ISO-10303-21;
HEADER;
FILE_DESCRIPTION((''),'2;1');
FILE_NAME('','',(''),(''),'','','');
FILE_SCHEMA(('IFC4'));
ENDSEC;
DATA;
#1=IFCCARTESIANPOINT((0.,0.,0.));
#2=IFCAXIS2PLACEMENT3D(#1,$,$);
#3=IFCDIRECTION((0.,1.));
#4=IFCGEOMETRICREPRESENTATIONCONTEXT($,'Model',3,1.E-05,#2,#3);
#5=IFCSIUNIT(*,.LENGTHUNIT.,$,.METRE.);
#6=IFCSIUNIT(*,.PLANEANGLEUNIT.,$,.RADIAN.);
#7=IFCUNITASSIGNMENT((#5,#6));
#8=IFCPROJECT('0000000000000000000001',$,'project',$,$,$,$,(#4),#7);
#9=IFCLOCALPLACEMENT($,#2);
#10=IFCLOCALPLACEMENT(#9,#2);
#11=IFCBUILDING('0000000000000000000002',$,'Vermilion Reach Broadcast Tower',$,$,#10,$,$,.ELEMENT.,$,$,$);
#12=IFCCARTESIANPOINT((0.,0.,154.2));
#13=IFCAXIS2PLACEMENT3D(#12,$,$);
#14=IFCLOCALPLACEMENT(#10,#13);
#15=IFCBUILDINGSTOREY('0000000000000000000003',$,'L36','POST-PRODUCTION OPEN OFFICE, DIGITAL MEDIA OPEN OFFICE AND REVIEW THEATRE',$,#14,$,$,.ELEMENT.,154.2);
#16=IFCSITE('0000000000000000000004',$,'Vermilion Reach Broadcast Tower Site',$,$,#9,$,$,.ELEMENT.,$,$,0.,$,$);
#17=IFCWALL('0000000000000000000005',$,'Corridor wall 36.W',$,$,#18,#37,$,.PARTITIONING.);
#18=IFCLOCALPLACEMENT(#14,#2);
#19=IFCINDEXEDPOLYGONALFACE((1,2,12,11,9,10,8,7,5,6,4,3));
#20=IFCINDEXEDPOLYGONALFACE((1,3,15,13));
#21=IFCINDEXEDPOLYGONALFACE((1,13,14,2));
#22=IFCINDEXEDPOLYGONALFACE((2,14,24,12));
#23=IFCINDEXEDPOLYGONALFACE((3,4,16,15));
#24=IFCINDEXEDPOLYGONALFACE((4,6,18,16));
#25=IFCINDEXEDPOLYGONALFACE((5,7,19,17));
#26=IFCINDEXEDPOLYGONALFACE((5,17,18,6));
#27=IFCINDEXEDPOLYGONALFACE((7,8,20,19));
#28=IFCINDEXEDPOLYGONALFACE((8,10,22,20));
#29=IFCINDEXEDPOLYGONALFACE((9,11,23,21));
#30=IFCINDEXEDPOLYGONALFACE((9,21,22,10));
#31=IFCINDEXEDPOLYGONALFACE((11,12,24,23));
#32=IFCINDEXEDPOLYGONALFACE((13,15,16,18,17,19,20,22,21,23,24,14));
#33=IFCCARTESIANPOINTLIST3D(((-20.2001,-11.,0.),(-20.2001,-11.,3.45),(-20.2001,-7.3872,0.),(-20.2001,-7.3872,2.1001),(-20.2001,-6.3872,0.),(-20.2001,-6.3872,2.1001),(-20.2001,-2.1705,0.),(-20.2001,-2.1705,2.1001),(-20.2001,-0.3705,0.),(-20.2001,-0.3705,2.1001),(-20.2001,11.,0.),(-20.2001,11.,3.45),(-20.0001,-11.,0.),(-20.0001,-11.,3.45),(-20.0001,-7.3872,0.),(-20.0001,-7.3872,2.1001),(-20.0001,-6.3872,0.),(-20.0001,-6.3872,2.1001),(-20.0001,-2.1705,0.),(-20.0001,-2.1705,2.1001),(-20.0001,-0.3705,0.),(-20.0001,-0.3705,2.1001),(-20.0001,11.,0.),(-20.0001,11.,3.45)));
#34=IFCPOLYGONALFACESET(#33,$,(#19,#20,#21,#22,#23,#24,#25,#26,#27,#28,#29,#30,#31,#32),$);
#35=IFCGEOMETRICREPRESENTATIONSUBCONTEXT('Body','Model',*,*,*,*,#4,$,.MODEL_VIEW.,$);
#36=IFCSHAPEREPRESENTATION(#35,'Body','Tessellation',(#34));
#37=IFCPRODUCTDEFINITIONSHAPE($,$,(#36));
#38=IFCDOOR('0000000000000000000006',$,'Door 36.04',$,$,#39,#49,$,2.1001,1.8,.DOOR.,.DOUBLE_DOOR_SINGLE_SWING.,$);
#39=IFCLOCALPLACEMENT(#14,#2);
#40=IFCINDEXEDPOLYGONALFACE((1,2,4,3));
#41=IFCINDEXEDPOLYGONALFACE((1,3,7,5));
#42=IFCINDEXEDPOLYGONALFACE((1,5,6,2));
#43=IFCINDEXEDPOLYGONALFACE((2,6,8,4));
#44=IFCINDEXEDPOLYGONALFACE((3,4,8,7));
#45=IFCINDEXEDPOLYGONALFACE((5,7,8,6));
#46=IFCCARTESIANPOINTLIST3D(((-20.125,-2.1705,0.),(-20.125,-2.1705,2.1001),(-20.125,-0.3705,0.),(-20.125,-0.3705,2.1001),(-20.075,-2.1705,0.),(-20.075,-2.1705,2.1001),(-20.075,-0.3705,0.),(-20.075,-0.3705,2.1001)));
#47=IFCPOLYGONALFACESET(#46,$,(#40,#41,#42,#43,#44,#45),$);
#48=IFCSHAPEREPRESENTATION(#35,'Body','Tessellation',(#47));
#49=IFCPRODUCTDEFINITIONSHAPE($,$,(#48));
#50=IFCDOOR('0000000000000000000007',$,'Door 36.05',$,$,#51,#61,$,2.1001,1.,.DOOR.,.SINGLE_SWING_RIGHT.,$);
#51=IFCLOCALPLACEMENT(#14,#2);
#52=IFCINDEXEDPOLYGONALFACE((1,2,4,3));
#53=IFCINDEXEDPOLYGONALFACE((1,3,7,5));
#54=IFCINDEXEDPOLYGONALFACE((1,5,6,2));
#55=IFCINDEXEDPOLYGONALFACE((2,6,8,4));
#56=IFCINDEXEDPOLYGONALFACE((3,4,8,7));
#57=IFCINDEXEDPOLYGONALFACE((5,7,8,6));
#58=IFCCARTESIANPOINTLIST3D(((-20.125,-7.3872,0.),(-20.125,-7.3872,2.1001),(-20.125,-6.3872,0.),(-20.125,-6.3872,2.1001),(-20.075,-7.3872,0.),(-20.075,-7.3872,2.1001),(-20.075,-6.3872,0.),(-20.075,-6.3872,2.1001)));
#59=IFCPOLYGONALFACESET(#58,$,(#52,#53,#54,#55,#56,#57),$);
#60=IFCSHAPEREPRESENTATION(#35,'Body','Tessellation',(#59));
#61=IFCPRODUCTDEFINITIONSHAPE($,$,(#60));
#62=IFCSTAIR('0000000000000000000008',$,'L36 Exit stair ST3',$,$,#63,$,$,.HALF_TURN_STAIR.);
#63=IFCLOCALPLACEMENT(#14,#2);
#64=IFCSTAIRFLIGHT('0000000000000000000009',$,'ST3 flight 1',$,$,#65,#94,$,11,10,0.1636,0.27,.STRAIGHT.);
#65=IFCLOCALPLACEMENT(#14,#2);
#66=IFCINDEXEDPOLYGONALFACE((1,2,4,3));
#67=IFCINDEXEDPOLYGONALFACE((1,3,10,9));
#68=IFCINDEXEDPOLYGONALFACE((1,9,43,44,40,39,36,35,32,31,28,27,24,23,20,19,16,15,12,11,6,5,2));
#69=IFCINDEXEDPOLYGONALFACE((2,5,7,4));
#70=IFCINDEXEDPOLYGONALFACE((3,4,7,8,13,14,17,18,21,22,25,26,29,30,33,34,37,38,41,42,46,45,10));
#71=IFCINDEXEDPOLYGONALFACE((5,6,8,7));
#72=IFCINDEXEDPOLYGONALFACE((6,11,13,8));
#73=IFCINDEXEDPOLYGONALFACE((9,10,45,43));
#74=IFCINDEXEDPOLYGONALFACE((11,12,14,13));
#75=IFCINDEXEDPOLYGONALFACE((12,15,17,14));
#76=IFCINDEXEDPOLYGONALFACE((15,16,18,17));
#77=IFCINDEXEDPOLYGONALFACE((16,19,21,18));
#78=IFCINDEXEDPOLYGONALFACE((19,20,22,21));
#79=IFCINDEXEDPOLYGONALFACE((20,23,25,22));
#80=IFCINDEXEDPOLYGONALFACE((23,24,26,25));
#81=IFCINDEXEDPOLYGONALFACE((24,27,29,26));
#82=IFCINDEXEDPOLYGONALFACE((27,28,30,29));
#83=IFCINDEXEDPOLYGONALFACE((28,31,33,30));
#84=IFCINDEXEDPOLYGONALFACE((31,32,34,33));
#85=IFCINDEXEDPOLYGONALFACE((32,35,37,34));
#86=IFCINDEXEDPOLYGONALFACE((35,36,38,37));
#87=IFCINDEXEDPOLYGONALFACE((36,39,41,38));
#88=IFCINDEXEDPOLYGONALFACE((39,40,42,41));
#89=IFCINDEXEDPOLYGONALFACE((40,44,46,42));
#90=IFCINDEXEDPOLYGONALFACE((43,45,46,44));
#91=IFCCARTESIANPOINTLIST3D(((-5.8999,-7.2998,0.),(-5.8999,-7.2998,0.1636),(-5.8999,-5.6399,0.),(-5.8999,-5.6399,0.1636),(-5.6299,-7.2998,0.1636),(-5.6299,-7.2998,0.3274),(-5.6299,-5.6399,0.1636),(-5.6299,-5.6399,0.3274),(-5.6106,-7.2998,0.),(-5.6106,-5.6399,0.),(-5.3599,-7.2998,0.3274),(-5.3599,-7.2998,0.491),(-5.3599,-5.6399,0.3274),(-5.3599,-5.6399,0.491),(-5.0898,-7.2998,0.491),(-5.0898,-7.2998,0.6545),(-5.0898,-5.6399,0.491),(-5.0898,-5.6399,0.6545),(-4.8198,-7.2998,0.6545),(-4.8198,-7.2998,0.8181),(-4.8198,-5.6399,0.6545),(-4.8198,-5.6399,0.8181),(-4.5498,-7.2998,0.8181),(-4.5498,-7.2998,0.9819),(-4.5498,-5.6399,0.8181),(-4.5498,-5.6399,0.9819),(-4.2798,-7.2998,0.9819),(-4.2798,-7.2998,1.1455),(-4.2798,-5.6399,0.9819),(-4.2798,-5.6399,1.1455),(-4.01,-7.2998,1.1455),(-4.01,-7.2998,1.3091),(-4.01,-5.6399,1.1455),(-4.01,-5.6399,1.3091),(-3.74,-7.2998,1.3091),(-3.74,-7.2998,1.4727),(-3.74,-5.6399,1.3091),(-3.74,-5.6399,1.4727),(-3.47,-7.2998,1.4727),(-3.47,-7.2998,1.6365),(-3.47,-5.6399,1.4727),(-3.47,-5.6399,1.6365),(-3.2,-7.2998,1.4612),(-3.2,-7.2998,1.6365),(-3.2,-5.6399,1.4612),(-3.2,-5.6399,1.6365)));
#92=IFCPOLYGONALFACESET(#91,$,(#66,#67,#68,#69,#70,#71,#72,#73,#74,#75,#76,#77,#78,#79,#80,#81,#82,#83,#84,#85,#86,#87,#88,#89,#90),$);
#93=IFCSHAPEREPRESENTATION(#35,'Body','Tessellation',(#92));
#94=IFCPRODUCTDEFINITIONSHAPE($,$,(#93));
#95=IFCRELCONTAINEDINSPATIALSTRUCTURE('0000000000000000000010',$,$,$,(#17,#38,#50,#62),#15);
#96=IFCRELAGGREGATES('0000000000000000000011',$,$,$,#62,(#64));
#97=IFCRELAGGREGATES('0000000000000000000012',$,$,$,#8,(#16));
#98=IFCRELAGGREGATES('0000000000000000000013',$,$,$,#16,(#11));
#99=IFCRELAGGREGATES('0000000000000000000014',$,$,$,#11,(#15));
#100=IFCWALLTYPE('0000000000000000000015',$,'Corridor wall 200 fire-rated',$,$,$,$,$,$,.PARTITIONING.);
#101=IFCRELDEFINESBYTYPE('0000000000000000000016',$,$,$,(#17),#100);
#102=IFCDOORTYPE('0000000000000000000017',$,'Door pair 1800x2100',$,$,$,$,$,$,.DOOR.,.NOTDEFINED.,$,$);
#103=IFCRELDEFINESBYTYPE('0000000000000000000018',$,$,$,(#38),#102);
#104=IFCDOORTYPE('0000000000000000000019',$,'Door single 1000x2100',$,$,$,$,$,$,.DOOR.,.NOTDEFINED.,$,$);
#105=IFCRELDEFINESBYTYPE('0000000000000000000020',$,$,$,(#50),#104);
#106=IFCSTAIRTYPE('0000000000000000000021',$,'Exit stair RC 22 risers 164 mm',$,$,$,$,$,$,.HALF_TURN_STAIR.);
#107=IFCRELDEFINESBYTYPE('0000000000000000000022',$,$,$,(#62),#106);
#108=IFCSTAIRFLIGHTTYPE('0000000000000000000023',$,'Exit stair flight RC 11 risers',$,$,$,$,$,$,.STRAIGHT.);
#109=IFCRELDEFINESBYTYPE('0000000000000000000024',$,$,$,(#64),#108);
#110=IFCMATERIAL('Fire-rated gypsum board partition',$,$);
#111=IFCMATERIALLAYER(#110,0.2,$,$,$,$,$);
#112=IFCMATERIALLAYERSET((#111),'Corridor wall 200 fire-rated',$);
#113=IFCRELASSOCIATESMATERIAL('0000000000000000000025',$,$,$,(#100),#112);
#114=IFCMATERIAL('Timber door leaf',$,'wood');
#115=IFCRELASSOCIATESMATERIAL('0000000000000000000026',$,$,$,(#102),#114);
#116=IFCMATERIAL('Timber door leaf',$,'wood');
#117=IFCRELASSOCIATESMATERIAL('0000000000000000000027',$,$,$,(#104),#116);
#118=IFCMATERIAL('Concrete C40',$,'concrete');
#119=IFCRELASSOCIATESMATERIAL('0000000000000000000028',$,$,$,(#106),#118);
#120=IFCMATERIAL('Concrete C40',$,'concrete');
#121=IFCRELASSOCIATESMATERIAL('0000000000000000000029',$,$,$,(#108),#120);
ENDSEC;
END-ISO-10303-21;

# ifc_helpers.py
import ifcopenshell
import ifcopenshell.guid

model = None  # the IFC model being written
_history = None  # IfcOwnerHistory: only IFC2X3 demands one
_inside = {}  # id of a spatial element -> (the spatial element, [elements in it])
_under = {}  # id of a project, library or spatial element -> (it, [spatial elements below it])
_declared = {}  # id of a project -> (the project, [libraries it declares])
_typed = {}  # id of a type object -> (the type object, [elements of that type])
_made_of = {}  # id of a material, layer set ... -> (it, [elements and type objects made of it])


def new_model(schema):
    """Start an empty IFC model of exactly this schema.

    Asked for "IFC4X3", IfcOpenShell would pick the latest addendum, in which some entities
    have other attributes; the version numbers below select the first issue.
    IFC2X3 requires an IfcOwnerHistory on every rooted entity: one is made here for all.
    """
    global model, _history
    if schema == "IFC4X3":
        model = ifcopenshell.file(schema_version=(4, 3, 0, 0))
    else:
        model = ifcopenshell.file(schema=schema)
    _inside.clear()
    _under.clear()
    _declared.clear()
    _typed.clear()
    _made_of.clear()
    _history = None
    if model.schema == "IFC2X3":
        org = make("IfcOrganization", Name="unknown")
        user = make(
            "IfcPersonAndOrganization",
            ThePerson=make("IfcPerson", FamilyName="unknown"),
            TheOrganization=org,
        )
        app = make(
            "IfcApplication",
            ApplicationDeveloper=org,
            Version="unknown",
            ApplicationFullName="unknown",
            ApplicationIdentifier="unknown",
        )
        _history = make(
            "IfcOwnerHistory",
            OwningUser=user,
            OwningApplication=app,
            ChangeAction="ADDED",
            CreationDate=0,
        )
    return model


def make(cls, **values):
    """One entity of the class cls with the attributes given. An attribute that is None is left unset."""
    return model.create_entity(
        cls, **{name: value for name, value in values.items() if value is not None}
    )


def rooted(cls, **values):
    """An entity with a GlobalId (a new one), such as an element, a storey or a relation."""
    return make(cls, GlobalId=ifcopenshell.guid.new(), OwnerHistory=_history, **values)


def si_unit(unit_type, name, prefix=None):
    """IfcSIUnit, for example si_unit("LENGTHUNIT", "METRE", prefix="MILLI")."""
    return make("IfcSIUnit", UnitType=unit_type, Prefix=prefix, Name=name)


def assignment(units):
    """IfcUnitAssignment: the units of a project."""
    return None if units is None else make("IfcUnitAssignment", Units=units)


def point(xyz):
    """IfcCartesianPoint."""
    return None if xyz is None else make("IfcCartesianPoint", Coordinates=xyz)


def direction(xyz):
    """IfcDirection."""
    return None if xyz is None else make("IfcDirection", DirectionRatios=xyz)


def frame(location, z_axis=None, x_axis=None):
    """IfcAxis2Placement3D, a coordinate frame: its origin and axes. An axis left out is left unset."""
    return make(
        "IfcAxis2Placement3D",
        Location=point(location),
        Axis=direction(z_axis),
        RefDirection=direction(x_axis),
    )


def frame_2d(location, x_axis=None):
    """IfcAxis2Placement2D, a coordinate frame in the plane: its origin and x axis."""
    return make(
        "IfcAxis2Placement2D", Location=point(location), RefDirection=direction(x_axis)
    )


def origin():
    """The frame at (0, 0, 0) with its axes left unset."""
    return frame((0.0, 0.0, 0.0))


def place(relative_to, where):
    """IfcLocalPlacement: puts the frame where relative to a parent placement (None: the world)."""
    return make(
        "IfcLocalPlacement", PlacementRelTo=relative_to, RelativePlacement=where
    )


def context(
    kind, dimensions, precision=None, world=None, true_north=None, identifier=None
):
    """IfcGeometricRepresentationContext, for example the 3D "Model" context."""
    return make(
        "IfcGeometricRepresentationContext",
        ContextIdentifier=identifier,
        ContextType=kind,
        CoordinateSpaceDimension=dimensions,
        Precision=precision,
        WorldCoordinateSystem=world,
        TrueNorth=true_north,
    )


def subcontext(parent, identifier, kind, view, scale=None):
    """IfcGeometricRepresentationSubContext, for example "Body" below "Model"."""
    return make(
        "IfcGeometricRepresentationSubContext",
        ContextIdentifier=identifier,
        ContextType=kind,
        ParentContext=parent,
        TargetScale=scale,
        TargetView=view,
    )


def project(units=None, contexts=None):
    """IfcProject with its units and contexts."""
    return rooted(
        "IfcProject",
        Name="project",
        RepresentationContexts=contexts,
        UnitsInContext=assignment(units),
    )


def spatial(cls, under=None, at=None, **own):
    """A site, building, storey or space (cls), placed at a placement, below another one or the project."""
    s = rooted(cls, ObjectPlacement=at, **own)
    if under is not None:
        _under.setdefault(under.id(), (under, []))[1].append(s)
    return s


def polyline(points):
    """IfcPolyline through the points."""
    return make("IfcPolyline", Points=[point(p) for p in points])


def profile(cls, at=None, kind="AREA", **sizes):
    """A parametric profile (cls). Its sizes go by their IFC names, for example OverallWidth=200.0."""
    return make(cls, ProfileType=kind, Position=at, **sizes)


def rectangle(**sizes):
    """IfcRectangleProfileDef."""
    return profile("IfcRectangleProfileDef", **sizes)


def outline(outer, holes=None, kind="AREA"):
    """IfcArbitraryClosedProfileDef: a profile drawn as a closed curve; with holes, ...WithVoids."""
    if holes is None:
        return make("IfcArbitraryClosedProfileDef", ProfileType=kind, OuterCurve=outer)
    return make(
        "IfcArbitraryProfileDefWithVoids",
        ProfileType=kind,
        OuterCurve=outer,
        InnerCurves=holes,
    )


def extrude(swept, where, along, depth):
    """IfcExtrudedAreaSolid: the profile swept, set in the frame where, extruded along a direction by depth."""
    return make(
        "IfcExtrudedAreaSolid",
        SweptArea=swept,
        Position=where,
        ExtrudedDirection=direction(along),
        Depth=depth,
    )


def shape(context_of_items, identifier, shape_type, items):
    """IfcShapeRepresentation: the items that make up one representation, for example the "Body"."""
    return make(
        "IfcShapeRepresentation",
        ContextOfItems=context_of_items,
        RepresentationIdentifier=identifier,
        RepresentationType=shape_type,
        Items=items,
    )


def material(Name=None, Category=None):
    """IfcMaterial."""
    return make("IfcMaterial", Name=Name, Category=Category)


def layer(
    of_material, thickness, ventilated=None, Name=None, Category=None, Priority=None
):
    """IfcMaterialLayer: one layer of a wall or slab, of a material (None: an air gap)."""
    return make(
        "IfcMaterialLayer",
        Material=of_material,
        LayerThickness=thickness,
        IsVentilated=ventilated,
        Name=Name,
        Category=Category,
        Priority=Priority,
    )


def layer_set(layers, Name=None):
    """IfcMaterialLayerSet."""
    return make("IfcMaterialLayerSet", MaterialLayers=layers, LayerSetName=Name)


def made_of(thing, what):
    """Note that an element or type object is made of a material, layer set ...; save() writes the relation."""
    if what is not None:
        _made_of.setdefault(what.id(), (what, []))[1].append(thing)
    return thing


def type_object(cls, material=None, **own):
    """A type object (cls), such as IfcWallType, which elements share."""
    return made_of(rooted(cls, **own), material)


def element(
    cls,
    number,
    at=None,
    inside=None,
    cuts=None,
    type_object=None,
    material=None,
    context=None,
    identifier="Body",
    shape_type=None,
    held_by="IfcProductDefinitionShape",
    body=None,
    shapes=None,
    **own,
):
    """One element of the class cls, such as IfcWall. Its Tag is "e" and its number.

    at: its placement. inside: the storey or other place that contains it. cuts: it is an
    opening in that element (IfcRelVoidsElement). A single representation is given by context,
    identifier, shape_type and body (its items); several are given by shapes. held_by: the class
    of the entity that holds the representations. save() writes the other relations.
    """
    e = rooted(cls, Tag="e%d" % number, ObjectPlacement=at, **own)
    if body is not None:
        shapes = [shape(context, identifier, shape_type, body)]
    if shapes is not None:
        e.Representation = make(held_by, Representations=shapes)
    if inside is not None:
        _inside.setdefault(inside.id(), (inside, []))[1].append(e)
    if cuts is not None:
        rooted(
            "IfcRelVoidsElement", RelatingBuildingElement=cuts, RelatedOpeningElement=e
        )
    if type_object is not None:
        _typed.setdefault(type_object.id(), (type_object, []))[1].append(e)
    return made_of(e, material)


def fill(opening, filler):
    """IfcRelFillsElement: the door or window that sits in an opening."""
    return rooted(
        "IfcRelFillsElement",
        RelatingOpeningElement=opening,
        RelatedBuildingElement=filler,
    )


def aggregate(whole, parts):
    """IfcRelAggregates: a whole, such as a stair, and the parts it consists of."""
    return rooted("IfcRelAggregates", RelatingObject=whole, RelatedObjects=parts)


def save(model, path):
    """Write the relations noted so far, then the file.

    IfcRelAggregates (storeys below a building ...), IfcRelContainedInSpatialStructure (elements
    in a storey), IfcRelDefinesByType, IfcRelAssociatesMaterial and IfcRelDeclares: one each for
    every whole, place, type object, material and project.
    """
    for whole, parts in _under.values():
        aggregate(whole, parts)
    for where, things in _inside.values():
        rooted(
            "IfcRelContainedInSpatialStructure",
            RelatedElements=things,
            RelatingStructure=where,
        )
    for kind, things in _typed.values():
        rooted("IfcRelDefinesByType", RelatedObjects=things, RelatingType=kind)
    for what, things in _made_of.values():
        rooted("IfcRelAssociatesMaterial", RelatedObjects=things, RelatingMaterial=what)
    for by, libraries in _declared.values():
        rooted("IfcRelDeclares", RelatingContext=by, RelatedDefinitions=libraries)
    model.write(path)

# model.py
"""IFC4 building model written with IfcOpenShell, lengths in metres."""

from ifc_helpers import new_model, si_unit, direction, frame, frame_2d, origin, place, context, subcontext, project, spatial, polyline, rectangle, outline, extrude, material, layer, layer_set, type_object, element, fill, aggregate, save


model = new_model("IFC4")

# Units and contexts
model_context = context("Model", 3, precision=1e-05, world=origin(), true_north=direction((0.0, 1.0)))
body_context = subcontext(model_context, "Body", "Model", "MODEL_VIEW")
ifc_project = project(units=[si_unit("LENGTHUNIT", "METRE"), si_unit("PLANEANGLEUNIT", "RADIAN")], contexts=[model_context])

# Site, building, storey
site_placement = place(None, origin())
site = spatial("IfcSite", under=ifc_project, at=site_placement, Name="Vermilion Reach Broadcast Tower Site", CompositionType="ELEMENT", RefElevation=0.0)
building_placement = place(site_placement, origin())
building = spatial("IfcBuilding", under=site, at=building_placement, Name="Vermilion Reach Broadcast Tower", CompositionType="ELEMENT")
storey_placement = place(building_placement, frame((0.0, 0.0, 154.2)))
storey = spatial("IfcBuildingStorey", under=building, at=storey_placement, Name="L36", Description="POST-PRODUCTION OPEN OFFICE, DIGITAL MEDIA OPEN OFFICE AND REVIEW THEATRE", CompositionType="ELEMENT", Elevation=154.2)

# Wall, openings, doors
ifc_material_1 = material(Name="Fire-rated gypsum board partition")
ifc_layer_1 = layer(ifc_material_1, 0.2)
ifc_layer_set_1 = layer_set([ifc_layer_1], Name="Corridor wall 200 fire-rated")
wall_type_1 = type_object("IfcWallType", Name="Corridor wall 200 fire-rated", PredefinedType="PARTITIONING", material=ifc_layer_set_1)
wall_1_placement = place(storey_placement, frame((-20.1001, -11.0, 0.0), z_axis=(0.0, 0.0, 1.0), x_axis=(0.0, 1.0, 0.0)))
wall_1 = element("IfcWall", 1, at=wall_1_placement, inside=storey, type_object=wall_type_1, Name="Corridor wall 36.W", PredefinedType="PARTITIONING", context=body_context, shape_type="SweptSolid", body=[
    extrude(rectangle(XDim=22.0, YDim=0.2, at=frame_2d((11.0, 0.0))), origin(), (0.0, 0.0, 1.0), 3.45),
])
opening_1_placement = place(wall_1_placement, frame((8.8296, 0.0, 0.0)))
opening_1 = element("IfcOpeningElement", 2, at=opening_1_placement, cuts=wall_1, PredefinedType="OPENING", context=body_context, shape_type="SweptSolid", body=[
    extrude(rectangle(XDim=1.8, YDim=2.1001, at=frame_2d((0.8999, 1.05))), frame((0.0, 0.1099, 0.0), z_axis=(0.0, -1.0, 0.0), x_axis=(1.0, 0.0, 0.0)), (0.0, 0.0, 1.0), 0.22),
])
opening_2_placement = place(wall_1_placement, frame((3.6128, 0.0, 0.0)))
opening_2 = element("IfcOpeningElement", 3, at=opening_2_placement, cuts=wall_1, PredefinedType="OPENING", context=body_context, shape_type="SweptSolid", body=[
    extrude(rectangle(XDim=1.0, YDim=2.1001, at=frame_2d((0.5, 1.05))), frame((0.0, 0.1099, 0.0), z_axis=(0.0, -1.0, 0.0), x_axis=(1.0, 0.0, 0.0)), (0.0, 0.0, 1.0), 0.22),
])
ifc_material_2 = material(Name="Timber door leaf", Category="wood")
door_type_1 = type_object("IfcDoorType", Name="Door pair 1800x2100", OperationType="NOTDEFINED", PredefinedType="DOOR", material=ifc_material_2)
door_1_placement = place(opening_1_placement, origin())
door_1 = element("IfcDoor", 4, at=door_1_placement, inside=storey, type_object=door_type_1, Name="Door 36.04", OperationType="DOUBLE_DOOR_SINGLE_SWING", OverallHeight=2.1001, OverallWidth=1.8, PredefinedType="DOOR", context=body_context, shape_type="SweptSolid", body=[
    extrude(rectangle(XDim=1.8, YDim=2.1001, at=frame_2d((0.8999, 1.05))), frame((0.0, 0.0249, 0.0), z_axis=(0.0, -1.0, 0.0), x_axis=(1.0, 0.0, 0.0)), (0.0, 0.0, 1.0), 0.05),
])
fill(opening_1, door_1)
ifc_material_3 = material(Name="Timber door leaf", Category="wood")
door_type_2 = type_object("IfcDoorType", Name="Door single 1000x2100", OperationType="NOTDEFINED", PredefinedType="DOOR", material=ifc_material_3)
door_2_placement = place(opening_2_placement, origin())
door_2 = element("IfcDoor", 5, at=door_2_placement, inside=storey, type_object=door_type_2, Name="Door 36.05", OperationType="SINGLE_SWING_RIGHT", OverallHeight=2.1001, OverallWidth=1.0, PredefinedType="DOOR", context=body_context, shape_type="SweptSolid", body=[
    extrude(rectangle(XDim=1.0, YDim=2.1001, at=frame_2d((0.5, 1.05))), frame((0.0, 0.0249, 0.0), z_axis=(0.0, -1.0, 0.0), x_axis=(1.0, 0.0, 0.0)), (0.0, 0.0, 1.0), 0.05),
])
fill(opening_2, door_2)

# Stair, stair flight
ifc_material_4 = material(Name="Concrete C40", Category="concrete")
stair_type = type_object("IfcStairType", Name="Exit stair RC 22 risers 164 mm", PredefinedType="HALF_TURN_STAIR", material=ifc_material_4)
stair_placement = place(storey_placement, origin())
stair = element("IfcStair", 6, at=stair_placement, inside=storey, type_object=stair_type, Name="L36 Exit stair ST3", PredefinedType="HALF_TURN_STAIR")
ifc_material_5 = material(Name="Concrete C40", Category="concrete")
stair_flight_type = type_object("IfcStairFlightType", Name="Exit stair flight RC 11 risers", PredefinedType="STRAIGHT", material=ifc_material_5)
stair_flight_placement = place(storey_placement, frame((-5.8999, -6.47, 0.0), z_axis=(0.0, 0.0, 1.0), x_axis=(1.0, 0.0, 0.0)))
stair_flight = element("IfcStairFlight", 7, at=stair_flight_placement, type_object=stair_flight_type, Name="ST3 flight 1", NumberOfRisers=11, NumberOfTreads=10, PredefinedType="STRAIGHT", RiserHeight=0.1636, TreadLength=0.27, context=body_context, shape_type="SweptSolid", body=[
    extrude(outline(polyline([(0.0, 0.0), (0.0, 0.1636), (0.27, 0.1636), (0.27, 0.3274), (0.54, 0.3274), (0.54, 0.491), (0.8101, 0.491), (0.8101, 0.6545), (1.0801, 0.6545), (1.0801, 0.8181), (1.3501, 0.8181), (1.3501, 0.9819), (1.6201, 0.9819), (1.6201, 1.1455), (1.8899, 1.1455), (1.8899, 1.3091), (2.1599, 1.3091), (2.1599, 1.4727), (2.4299, 1.4727), (2.4299, 1.6365), (2.7, 1.6365), (2.7, 1.8), (2.7, 1.4612), (0.2893, 0.0), (0.0, 0.0)])), frame((0.0, 0.8301, 0.0), z_axis=(0.0, -1.0, 0.0), x_axis=(1.0, 0.0, 0.0)), (0.0, 0.0, 1.0), 1.6599),
])
aggregate(stair, [stair_flight])

save(model, "model.ifc")
